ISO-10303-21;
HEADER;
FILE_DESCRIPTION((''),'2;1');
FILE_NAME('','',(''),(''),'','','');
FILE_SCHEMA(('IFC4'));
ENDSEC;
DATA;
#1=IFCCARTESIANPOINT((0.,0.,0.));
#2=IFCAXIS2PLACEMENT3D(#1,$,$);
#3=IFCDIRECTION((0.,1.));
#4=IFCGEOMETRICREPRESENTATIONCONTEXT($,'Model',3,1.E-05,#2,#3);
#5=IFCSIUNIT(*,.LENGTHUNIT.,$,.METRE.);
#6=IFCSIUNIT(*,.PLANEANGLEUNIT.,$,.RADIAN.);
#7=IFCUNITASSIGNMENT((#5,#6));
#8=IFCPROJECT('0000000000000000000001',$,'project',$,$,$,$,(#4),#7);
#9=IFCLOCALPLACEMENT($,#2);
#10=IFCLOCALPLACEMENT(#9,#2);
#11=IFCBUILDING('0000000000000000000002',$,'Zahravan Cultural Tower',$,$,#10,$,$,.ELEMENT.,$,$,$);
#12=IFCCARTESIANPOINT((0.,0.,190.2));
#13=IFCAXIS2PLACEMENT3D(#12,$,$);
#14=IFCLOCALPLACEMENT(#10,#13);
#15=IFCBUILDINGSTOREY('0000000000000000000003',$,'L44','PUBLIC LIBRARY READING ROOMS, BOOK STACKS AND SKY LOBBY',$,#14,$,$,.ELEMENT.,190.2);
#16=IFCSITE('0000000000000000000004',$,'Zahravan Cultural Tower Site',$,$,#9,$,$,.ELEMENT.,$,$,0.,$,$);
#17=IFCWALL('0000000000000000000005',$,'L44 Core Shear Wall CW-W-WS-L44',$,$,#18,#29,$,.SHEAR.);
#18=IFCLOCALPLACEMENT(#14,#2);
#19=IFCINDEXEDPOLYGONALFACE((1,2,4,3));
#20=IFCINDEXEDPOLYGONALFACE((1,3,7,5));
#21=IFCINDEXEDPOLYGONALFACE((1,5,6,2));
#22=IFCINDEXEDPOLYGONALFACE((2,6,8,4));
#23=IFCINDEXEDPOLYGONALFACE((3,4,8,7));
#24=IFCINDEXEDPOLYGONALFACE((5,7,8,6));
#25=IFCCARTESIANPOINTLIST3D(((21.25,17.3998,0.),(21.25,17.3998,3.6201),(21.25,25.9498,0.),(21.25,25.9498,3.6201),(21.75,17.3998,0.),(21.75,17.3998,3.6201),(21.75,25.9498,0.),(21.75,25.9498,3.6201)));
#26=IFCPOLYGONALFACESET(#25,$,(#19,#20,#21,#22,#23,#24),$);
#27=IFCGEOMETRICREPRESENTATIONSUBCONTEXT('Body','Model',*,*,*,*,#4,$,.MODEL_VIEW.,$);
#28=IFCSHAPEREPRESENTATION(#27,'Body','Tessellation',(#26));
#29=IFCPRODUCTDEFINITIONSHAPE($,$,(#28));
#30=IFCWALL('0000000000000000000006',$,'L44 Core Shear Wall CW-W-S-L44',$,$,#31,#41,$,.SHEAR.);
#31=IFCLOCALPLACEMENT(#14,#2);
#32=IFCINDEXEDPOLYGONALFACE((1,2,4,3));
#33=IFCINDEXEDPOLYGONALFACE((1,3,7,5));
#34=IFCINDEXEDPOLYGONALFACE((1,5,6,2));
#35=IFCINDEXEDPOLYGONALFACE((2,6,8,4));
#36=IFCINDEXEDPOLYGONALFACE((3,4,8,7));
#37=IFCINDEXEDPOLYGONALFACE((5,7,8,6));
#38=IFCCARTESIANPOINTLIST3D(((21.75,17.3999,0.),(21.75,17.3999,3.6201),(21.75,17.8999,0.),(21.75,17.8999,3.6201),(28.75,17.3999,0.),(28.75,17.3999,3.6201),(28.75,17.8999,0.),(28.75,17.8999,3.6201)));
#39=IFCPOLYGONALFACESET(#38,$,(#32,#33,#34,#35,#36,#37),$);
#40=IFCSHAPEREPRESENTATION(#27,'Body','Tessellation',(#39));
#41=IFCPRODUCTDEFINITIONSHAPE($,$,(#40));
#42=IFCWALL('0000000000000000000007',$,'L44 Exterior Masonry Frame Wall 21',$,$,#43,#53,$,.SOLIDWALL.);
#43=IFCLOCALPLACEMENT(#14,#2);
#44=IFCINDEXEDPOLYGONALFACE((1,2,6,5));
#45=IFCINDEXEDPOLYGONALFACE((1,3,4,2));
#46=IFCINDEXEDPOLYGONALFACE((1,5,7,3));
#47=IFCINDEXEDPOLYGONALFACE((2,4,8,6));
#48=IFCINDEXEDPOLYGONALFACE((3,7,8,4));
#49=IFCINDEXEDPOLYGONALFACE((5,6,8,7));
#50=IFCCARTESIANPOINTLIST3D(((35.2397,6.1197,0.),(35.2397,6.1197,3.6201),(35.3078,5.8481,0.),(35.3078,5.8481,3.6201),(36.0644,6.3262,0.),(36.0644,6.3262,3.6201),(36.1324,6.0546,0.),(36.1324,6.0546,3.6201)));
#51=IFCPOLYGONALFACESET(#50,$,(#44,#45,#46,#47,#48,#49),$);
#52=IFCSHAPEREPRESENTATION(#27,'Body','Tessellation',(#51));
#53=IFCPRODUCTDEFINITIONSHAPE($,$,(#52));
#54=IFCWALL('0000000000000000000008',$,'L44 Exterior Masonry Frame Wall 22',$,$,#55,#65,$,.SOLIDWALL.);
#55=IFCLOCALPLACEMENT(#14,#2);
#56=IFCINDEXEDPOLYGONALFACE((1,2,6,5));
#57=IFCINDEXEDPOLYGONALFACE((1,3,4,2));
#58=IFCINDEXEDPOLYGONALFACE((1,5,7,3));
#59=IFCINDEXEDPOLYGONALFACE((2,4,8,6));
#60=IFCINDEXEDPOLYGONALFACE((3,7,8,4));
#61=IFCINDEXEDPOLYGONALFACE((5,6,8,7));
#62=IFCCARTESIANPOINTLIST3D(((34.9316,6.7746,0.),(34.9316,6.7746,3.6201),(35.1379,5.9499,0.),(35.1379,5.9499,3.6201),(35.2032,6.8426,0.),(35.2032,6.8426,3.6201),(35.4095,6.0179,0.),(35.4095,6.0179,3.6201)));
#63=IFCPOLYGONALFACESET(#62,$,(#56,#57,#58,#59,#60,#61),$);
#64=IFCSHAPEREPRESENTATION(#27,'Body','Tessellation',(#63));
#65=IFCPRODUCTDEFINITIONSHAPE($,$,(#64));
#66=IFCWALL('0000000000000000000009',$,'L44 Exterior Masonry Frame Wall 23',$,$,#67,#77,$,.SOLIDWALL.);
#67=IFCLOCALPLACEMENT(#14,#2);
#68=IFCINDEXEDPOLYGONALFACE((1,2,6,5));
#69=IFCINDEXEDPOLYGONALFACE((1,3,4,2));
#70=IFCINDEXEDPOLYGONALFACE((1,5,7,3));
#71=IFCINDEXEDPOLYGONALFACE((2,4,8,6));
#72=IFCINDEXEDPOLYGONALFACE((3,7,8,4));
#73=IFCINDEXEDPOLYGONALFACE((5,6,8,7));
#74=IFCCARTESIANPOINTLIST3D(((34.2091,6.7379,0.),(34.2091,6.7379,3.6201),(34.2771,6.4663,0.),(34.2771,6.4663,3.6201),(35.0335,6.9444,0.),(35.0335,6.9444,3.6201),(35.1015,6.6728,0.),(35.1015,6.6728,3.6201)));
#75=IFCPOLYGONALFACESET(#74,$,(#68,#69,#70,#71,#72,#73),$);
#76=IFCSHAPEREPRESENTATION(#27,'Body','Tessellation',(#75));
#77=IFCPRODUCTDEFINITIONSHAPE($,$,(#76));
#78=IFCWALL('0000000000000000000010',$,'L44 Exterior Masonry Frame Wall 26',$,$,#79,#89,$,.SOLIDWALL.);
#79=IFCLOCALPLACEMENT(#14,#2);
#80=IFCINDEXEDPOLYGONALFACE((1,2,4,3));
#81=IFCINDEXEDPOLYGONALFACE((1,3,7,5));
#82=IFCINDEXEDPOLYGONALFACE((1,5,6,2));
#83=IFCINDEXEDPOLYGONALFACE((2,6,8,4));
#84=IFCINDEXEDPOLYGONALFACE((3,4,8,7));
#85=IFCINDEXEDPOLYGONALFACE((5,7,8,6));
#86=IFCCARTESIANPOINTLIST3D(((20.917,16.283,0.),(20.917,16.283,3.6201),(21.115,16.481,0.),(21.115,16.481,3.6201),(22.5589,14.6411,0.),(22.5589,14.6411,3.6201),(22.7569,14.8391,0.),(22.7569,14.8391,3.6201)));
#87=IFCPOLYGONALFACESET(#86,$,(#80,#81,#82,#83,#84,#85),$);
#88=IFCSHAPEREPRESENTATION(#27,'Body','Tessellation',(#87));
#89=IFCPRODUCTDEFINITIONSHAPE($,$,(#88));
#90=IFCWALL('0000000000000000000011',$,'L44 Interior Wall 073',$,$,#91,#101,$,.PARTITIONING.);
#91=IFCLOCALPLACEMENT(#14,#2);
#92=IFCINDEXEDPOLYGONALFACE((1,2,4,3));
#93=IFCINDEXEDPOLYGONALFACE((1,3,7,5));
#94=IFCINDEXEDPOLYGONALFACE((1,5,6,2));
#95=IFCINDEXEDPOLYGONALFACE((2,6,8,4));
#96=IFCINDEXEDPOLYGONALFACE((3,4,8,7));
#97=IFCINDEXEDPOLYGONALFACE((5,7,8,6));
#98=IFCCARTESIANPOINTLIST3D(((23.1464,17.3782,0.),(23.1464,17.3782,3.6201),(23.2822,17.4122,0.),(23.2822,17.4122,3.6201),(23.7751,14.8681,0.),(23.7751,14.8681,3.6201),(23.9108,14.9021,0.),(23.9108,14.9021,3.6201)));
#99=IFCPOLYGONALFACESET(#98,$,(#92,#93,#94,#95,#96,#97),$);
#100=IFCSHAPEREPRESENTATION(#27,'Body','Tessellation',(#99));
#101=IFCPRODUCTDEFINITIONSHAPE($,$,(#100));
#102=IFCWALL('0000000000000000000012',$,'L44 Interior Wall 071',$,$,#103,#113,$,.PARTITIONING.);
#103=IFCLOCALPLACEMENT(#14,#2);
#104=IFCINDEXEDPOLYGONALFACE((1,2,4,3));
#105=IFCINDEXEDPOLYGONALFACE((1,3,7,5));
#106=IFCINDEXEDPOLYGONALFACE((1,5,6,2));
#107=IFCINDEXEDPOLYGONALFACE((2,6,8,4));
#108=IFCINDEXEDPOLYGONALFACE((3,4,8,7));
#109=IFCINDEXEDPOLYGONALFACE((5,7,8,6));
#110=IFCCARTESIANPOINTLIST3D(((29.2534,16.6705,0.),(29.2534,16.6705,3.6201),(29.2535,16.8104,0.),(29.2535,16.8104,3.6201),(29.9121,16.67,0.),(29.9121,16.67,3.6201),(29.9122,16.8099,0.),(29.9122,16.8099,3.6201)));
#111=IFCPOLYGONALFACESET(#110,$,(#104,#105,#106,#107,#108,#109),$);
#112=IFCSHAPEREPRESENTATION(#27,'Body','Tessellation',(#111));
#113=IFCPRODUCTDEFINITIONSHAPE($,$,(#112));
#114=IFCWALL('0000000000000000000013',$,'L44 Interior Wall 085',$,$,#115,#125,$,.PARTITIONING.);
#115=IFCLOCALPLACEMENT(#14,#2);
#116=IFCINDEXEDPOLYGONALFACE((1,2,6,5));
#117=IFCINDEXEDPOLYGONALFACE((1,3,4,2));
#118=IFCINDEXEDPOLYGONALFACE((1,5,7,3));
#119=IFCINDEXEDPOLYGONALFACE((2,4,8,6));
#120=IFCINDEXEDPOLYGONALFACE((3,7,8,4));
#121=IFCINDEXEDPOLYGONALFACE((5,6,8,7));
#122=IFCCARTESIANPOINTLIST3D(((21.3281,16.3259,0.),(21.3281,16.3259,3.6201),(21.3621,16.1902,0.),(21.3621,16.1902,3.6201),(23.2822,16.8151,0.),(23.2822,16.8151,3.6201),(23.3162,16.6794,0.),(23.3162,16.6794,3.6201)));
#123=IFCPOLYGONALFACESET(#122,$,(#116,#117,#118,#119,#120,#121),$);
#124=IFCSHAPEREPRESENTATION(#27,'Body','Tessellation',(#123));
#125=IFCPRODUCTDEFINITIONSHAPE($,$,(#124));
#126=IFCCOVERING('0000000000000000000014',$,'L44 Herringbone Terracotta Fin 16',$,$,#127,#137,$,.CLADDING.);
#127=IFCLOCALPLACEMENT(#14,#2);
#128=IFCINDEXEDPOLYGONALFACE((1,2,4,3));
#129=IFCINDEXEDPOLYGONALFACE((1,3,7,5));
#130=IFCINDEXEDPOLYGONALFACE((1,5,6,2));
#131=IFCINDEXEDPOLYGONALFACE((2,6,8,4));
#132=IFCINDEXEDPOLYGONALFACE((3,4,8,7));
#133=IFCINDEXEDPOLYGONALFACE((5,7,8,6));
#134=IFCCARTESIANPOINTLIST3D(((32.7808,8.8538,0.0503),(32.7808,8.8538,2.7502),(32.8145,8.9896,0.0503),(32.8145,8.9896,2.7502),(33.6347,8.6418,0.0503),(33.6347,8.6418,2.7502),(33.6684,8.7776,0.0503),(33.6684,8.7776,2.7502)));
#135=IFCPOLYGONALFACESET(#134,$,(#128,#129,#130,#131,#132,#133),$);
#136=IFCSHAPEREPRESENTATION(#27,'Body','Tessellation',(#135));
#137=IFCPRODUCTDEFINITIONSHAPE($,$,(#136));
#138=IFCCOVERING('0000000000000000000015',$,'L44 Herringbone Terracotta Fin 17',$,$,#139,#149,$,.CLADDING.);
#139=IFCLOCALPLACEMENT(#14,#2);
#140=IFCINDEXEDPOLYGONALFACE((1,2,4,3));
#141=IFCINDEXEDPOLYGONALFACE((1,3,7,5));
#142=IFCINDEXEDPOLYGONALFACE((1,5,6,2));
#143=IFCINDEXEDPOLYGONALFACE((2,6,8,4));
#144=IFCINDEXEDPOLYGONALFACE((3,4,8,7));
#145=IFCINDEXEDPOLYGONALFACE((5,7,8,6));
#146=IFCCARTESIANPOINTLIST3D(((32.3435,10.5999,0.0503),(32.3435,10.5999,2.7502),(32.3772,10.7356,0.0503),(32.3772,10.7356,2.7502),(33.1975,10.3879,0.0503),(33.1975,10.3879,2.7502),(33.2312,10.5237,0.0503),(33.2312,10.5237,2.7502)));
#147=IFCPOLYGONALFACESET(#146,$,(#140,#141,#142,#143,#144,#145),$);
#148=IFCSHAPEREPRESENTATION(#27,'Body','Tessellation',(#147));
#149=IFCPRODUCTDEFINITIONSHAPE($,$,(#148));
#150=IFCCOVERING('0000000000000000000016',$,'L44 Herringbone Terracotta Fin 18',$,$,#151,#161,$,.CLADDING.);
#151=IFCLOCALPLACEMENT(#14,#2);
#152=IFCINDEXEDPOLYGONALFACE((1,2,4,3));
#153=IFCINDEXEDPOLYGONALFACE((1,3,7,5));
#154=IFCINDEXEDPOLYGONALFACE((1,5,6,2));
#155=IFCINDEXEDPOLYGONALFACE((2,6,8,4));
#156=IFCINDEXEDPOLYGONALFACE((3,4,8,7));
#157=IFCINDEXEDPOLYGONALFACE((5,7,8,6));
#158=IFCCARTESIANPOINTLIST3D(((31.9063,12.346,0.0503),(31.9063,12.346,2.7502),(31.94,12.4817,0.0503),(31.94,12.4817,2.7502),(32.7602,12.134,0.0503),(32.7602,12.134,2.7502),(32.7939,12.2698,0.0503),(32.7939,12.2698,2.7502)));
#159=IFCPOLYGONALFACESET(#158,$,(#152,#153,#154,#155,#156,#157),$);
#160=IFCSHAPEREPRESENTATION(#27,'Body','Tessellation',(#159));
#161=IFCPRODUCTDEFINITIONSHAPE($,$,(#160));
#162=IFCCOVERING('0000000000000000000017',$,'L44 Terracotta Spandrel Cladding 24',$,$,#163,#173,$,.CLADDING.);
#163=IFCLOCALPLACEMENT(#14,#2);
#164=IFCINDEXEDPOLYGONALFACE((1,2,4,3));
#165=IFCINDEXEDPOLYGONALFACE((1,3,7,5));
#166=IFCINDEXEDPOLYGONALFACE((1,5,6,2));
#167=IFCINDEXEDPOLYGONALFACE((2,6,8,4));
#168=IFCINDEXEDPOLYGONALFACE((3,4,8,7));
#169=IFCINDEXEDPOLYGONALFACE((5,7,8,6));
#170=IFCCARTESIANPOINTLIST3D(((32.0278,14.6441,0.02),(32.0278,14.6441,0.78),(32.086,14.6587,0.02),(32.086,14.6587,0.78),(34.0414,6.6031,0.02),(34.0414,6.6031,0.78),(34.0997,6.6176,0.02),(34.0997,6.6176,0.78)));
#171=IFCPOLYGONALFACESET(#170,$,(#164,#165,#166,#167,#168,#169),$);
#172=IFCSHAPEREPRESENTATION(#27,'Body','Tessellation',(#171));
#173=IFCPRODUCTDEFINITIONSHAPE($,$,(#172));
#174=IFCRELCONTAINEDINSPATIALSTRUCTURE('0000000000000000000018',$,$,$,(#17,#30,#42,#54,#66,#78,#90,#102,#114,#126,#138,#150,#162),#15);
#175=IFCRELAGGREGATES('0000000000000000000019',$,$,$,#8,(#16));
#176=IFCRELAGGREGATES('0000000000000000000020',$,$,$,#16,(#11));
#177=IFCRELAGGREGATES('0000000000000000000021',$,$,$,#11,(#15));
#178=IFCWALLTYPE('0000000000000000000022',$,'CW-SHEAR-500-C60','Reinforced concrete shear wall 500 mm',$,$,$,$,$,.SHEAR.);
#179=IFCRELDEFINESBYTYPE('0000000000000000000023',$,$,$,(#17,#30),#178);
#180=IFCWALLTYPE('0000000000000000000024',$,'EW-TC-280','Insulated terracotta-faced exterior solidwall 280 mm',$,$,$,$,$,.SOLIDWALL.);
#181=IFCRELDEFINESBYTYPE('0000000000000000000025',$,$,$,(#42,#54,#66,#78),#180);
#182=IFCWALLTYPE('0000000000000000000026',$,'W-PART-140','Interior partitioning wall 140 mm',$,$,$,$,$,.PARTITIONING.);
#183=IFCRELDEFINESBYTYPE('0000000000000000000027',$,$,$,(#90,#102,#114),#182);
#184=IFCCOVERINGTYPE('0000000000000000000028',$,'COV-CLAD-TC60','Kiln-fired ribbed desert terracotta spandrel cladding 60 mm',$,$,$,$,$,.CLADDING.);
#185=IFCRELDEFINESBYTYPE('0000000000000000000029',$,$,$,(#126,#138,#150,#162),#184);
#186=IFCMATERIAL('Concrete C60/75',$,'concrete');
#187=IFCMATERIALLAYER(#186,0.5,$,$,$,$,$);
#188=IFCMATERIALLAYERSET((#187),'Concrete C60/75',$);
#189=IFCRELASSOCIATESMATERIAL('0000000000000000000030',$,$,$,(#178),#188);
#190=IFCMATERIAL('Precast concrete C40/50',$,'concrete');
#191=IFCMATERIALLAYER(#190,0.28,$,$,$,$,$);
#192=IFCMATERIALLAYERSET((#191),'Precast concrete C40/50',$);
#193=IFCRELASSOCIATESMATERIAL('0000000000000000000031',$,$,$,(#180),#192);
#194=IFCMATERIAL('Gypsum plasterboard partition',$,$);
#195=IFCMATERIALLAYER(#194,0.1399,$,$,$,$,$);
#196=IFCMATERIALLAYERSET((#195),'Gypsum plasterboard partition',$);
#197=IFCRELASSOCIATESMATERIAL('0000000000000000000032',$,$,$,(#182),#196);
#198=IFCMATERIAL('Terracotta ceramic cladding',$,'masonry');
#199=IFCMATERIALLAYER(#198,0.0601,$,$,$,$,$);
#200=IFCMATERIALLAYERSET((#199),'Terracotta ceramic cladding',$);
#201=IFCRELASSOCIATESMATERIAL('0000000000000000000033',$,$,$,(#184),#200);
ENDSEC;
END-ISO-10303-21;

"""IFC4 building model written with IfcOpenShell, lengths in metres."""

from ifc_helpers import new_model, si_unit, direction, frame, frame_2d, origin, origin_2d, place, context, subcontext, project, spatial, rectangle, extrude, source, transform, mapped, material, layer, layer_set, type_object, element, save


model = new_model("IFC4")

# Units and contexts
model_context = context("Model", 3, precision=1e-05, world=origin(), true_north=direction((0.0, 1.0)))
body_context = subcontext(model_context, "Body", "Model", "MODEL_VIEW")
ifc_project = project(units=[si_unit("LENGTHUNIT", "METRE"), si_unit("PLANEANGLEUNIT", "RADIAN")], contexts=[model_context])

# Site, building, storey
site_placement = place(None, origin())
site = spatial("IfcSite", under=ifc_project, at=site_placement, Name="Zahravan Cultural Tower Site", CompositionType="ELEMENT", RefElevation=0.0)
building_placement = place(site_placement, origin())
building = spatial("IfcBuilding", under=site, at=building_placement, Name="Zahravan Cultural Tower", CompositionType="ELEMENT")
storey_placement = place(building_placement, frame((0.0, 0.0, 190.2)))
storey = spatial("IfcBuildingStorey", under=building, at=storey_placement, Name="L44", Description="PUBLIC LIBRARY READING ROOMS, BOOK STACKS AND SKY LOBBY", CompositionType="ELEMENT", Elevation=190.2)

# Shared definitions
ifc_material_1 = material(Name="Concrete C60/75", Category="concrete")
ifc_layer_1 = layer(ifc_material_1, 0.5)
ifc_layer_set_1 = layer_set([ifc_layer_1], Name="Concrete C60/75")
wall_type_1 = type_object("IfcWallType", Name="CW-SHEAR-500-C60", Description="Reinforced concrete shear wall 500 mm", PredefinedType="SHEAR", material=ifc_layer_set_1)

# Shared definitions
ifc_material_2 = material(Name="Precast concrete C40/50", Category="concrete")
ifc_layer_2 = layer(ifc_material_2, 0.28)
ifc_layer_set_2 = layer_set([ifc_layer_2], Name="Precast concrete C40/50")
wall_type_2 = type_object("IfcWallType", Name="EW-TC-280", Description="Insulated terracotta-faced exterior solidwall 280 mm", PredefinedType="SOLIDWALL", material=ifc_layer_set_2)

# Shared definitions
ifc_material_3 = material(Name="Gypsum plasterboard partition")
ifc_layer_3 = layer(ifc_material_3, 0.1399)
ifc_layer_set_3 = layer_set([ifc_layer_3], Name="Gypsum plasterboard partition")
wall_type_3 = type_object("IfcWallType", Name="W-PART-140", Description="Interior partitioning wall 140 mm", PredefinedType="PARTITIONING", material=ifc_layer_set_3)

# Walls
shared_shape_1 = source(origin(), body_context, "Body", "SweptSolid", [
    extrude(rectangle(XDim=8.55, YDim=0.5, at=frame_2d((4.2749, 0.0))), origin(), (0.0, 0.0, 1.0), 3.6201),
])
wall_1_placement = place(storey_placement, frame((21.5, 17.3999, 0.0), z_axis=(0.0, 0.0, 1.0), x_axis=(0.0, 1.0, 0.0)))
element("IfcWall", 1, at=wall_1_placement, inside=storey, type_object=wall_type_1, Name="L44 Core Shear Wall CW-W-WS-L44", PredefinedType="SHEAR", context=body_context, shape_type="MappedRepresentation", body=[
    mapped(shared_shape_1, transform((0.0, 0.0, 0.0), x_axis=(1.0, 0.0, 0.0), y_axis=(0.0, 1.0, 0.0), z_axis=(0.0, 0.0, 1.0), scale=1.0)),
])
shared_shape_2 = source(origin(), body_context, "Body", "SweptSolid", [
    extrude(rectangle(XDim=7.0, YDim=0.5, at=frame_2d((3.5, 0.0))), origin(), (0.0, 0.0, 1.0), 3.6201),
])
wall_2_placement = place(storey_placement, frame((21.75, 17.6499, 0.0), z_axis=(0.0, 0.0, 1.0), x_axis=(1.0, 0.0, 0.0)))
element("IfcWall", 2, at=wall_2_placement, inside=storey, type_object=wall_type_1, Name="L44 Core Shear Wall CW-W-S-L44", PredefinedType="SHEAR", context=body_context, shape_type="MappedRepresentation", body=[
    mapped(shared_shape_2, transform((0.0, 0.0, 0.0), x_axis=(1.0, 0.0, 0.0), y_axis=(0.0, 1.0, 0.0), z_axis=(0.0, 0.0, 1.0), scale=1.0)),
])
shared_shape_3 = source(origin(), body_context, "Body", "SweptSolid", [
    extrude(rectangle(XDim=0.8501, YDim=0.28, at=frame_2d((0.425, 0.0))), origin(), (0.0, 0.0, 1.0), 3.6201),
])
for number, where, z_axis, x_axis, name in (
    (3, (36.0984, 6.1904, 0.0), (0.0, 0.0, 1.0), (-0.970041, -0.242941, 0.0), "L44 Exterior Masonry Frame Wall 21"),
    (4, (35.2737, 5.9839, 0.0), (0.0, 0.0, 1.0), (-0.242671, 0.970109, 0.0), "L44 Exterior Masonry Frame Wall 22"),
):
    element("IfcWall", number, at=place(storey_placement, frame(where, z_axis=z_axis, x_axis=x_axis)), inside=storey, type_object=wall_type_2, Name=name, PredefinedType="SOLIDWALL", context=body_context, shape_type="MappedRepresentation", body=[
        mapped(shared_shape_3, transform((0.0, 0.0, 0.0), x_axis=(1.0, 0.0, 0.0), y_axis=(0.0, 1.0, 0.0), z_axis=(0.0, 0.0, 1.0), scale=1.0)),
    ])
shared_shape_4 = source(origin(), body_context, "Body", "SweptSolid", [
    extrude(rectangle(XDim=0.8499, YDim=0.28, at=frame_2d((0.4248, 0.0))), origin(), (0.0, 0.0, 1.0), 3.6201),
])
wall_3_placement = place(storey_placement, frame((35.0674, 6.8086, 0.0), z_axis=(0.0, 0.0, 1.0), x_axis=(-0.970024, -0.243009, 0.0)))
element("IfcWall", 5, at=wall_3_placement, inside=storey, type_object=wall_type_2, Name="L44 Exterior Masonry Frame Wall 23", PredefinedType="SOLIDWALL", context=body_context, shape_type="MappedRepresentation", body=[
    mapped(shared_shape_4, transform((0.0, 0.0, 0.0), x_axis=(1.0, 0.0, 0.0), y_axis=(0.0, 1.0, 0.0), z_axis=(0.0, 0.0, 1.0), scale=1.0)),
])
shared_shape_5 = source(origin(), body_context, "Body", "SweptSolid", [
    extrude(rectangle(XDim=2.322, YDim=0.28, at=frame_2d((1.1611, 0.0))), origin(), (0.0, 0.0, 1.0), 3.6201),
])
wall_4_placement = place(storey_placement, frame((22.658, 14.74, 0.0), z_axis=(0.0, 0.0, 1.0), x_axis=(-0.707107, 0.707107, 0.0)))
element("IfcWall", 6, at=wall_4_placement, inside=storey, type_object=wall_type_2, Name="L44 Exterior Masonry Frame Wall 26", PredefinedType="SOLIDWALL", context=body_context, shape_type="MappedRepresentation", body=[
    mapped(shared_shape_5, transform((0.0, 0.0, 0.0), x_axis=(1.0, 0.0, 0.0), y_axis=(0.0, 1.0, 0.0), z_axis=(0.0, 0.0, 1.0), scale=1.0)),
])
shared_shape_6 = source(origin(), body_context, "Body", "SweptSolid", [
    extrude(rectangle(XDim=2.5876, YDim=0.1399, at=frame_2d((1.2939, 0.0))), origin(), (0.0, 0.0, 1.0), 3.6201),
])
wall_5_placement = place(storey_placement, frame((23.843, 14.885, 0.0), z_axis=(0.0, 0.0, 1.0), x_axis=(-0.242957, 0.970037, 0.0)))
element("IfcWall", 7, at=wall_5_placement, inside=storey, type_object=wall_type_3, Name="L44 Interior Wall 073", PredefinedType="PARTITIONING", context=body_context, shape_type="MappedRepresentation", body=[
    mapped(shared_shape_6, transform((0.0, 0.0, 0.0), x_axis=(1.0, 0.0, 0.0), y_axis=(0.0, 1.0, 0.0), z_axis=(0.0, 0.0, 1.0), scale=1.0)),
])
shared_shape_7 = source(origin(), body_context, "Body", "SweptSolid", [
    extrude(rectangle(XDim=0.6587, YDim=0.1399, at=frame_2d((0.3293, 0.0))), origin(), (0.0, 0.0, 1.0), 3.6201),
])
wall_6_placement = place(storey_placement, frame((29.2534, 16.7405, 0.0), z_axis=(0.0, 0.0, 1.0), x_axis=(1.0, -0.000741, 0.0)))
element("IfcWall", 8, at=wall_6_placement, inside=storey, type_object=wall_type_3, Name="L44 Interior Wall 071", PredefinedType="PARTITIONING", context=body_context, shape_type="MappedRepresentation", body=[
    mapped(shared_shape_7, transform((0.0, 0.0, 0.0), x_axis=(1.0, 0.0, 0.0), y_axis=(0.0, 1.0, 0.0), z_axis=(0.0, 0.0, 1.0), scale=1.0)),
])
shared_shape_8 = source(origin(), body_context, "Body", "SweptSolid", [
    extrude(rectangle(XDim=2.0144, YDim=0.1399, at=frame_2d((1.0073, 0.0))), origin(), (0.0, 0.0, 1.0), 3.6201),
])
wall_7_placement = place(storey_placement, frame((23.2993, 16.7473, 0.0), z_axis=(0.0, 0.0, 1.0), x_axis=(-0.970057, -0.242878, 0.0)))
element("IfcWall", 9, at=wall_7_placement, inside=storey, type_object=wall_type_3, Name="L44 Interior Wall 085", PredefinedType="PARTITIONING", context=body_context, shape_type="MappedRepresentation", body=[
    mapped(shared_shape_8, transform((0.0, 0.0, 0.0), x_axis=(1.0, 0.0, 0.0), y_axis=(0.0, 1.0, 0.0), z_axis=(0.0, 0.0, 1.0), scale=1.0)),
])

# Coverings
ifc_material_4 = material(Name="Terracotta ceramic cladding", Category="masonry")
ifc_layer_4 = layer(ifc_material_4, 0.0601)
ifc_layer_set_4 = layer_set([ifc_layer_4], Name="Terracotta ceramic cladding")
covering_type = type_object("IfcCoveringType", Name="COV-CLAD-TC60", Description="Kiln-fired ribbed desert terracotta spandrel cladding 60 mm", PredefinedType="CLADDING", material=ifc_layer_set_4)
shared_shape_9 = source(origin(), body_context, "Body", "SweptSolid", [
    extrude(rectangle(XDim=0.8799, YDim=0.1399, at=origin_2d()), origin(), (0.0, 0.0, 1.0), 2.7),
])
for number, where, z_axis, x_axis, name in (
    (10, (33.2246, 8.8157, 0.0503), (0.0, 0.0, 1.0), (-0.970544, 0.240923, 0.0), "L44 Herringbone Terracotta Fin 16"),
    (11, (32.7874, 10.5618, 0.0503), (0.0, 0.0, 1.0), (-0.970544, 0.240923, 0.0), "L44 Herringbone Terracotta Fin 17"),
    (12, (32.3501, 12.3079, 0.0503), (0.0, 0.0, 1.0), (-0.970544, 0.240923, 0.0), "L44 Herringbone Terracotta Fin 18"),
):
    element("IfcCovering", number, at=place(storey_placement, frame(where, z_axis=z_axis, x_axis=x_axis)), inside=storey, type_object=covering_type, Name=name, PredefinedType="CLADDING", context=body_context, shape_type="MappedRepresentation", body=[
        mapped(shared_shape_9, transform((0.0, 0.0, 0.0), x_axis=(1.0, 0.0, 0.0), y_axis=(0.0, 1.0, 0.0), z_axis=(0.0, 0.0, 1.0), scale=1.0)),
    ])
shared_shape_10 = source(origin(), body_context, "Body", "SweptSolid", [
    extrude(rectangle(XDim=8.2893, YDim=0.0601, at=origin_2d()), origin(), (0.0, 0.0, 1.0), 0.76),
])
covering_1_placement = place(storey_placement, frame((33.0637, 10.6309, 0.02), z_axis=(0.0, 0.0, 1.0), x_axis=(-0.242921, 0.970046, 0.0)))
element("IfcCovering", 13, at=covering_1_placement, inside=storey, type_object=covering_type, Name="L44 Terracotta Spandrel Cladding 24", PredefinedType="CLADDING", context=body_context, shape_type="MappedRepresentation", body=[
    mapped(shared_shape_10, transform((0.0, 0.0, 0.0), x_axis=(1.0, 0.0, 0.0), y_axis=(0.0, 1.0, 0.0), z_axis=(0.0, 0.0, 1.0), scale=1.0)),
])

save(model, "model.ifc")
